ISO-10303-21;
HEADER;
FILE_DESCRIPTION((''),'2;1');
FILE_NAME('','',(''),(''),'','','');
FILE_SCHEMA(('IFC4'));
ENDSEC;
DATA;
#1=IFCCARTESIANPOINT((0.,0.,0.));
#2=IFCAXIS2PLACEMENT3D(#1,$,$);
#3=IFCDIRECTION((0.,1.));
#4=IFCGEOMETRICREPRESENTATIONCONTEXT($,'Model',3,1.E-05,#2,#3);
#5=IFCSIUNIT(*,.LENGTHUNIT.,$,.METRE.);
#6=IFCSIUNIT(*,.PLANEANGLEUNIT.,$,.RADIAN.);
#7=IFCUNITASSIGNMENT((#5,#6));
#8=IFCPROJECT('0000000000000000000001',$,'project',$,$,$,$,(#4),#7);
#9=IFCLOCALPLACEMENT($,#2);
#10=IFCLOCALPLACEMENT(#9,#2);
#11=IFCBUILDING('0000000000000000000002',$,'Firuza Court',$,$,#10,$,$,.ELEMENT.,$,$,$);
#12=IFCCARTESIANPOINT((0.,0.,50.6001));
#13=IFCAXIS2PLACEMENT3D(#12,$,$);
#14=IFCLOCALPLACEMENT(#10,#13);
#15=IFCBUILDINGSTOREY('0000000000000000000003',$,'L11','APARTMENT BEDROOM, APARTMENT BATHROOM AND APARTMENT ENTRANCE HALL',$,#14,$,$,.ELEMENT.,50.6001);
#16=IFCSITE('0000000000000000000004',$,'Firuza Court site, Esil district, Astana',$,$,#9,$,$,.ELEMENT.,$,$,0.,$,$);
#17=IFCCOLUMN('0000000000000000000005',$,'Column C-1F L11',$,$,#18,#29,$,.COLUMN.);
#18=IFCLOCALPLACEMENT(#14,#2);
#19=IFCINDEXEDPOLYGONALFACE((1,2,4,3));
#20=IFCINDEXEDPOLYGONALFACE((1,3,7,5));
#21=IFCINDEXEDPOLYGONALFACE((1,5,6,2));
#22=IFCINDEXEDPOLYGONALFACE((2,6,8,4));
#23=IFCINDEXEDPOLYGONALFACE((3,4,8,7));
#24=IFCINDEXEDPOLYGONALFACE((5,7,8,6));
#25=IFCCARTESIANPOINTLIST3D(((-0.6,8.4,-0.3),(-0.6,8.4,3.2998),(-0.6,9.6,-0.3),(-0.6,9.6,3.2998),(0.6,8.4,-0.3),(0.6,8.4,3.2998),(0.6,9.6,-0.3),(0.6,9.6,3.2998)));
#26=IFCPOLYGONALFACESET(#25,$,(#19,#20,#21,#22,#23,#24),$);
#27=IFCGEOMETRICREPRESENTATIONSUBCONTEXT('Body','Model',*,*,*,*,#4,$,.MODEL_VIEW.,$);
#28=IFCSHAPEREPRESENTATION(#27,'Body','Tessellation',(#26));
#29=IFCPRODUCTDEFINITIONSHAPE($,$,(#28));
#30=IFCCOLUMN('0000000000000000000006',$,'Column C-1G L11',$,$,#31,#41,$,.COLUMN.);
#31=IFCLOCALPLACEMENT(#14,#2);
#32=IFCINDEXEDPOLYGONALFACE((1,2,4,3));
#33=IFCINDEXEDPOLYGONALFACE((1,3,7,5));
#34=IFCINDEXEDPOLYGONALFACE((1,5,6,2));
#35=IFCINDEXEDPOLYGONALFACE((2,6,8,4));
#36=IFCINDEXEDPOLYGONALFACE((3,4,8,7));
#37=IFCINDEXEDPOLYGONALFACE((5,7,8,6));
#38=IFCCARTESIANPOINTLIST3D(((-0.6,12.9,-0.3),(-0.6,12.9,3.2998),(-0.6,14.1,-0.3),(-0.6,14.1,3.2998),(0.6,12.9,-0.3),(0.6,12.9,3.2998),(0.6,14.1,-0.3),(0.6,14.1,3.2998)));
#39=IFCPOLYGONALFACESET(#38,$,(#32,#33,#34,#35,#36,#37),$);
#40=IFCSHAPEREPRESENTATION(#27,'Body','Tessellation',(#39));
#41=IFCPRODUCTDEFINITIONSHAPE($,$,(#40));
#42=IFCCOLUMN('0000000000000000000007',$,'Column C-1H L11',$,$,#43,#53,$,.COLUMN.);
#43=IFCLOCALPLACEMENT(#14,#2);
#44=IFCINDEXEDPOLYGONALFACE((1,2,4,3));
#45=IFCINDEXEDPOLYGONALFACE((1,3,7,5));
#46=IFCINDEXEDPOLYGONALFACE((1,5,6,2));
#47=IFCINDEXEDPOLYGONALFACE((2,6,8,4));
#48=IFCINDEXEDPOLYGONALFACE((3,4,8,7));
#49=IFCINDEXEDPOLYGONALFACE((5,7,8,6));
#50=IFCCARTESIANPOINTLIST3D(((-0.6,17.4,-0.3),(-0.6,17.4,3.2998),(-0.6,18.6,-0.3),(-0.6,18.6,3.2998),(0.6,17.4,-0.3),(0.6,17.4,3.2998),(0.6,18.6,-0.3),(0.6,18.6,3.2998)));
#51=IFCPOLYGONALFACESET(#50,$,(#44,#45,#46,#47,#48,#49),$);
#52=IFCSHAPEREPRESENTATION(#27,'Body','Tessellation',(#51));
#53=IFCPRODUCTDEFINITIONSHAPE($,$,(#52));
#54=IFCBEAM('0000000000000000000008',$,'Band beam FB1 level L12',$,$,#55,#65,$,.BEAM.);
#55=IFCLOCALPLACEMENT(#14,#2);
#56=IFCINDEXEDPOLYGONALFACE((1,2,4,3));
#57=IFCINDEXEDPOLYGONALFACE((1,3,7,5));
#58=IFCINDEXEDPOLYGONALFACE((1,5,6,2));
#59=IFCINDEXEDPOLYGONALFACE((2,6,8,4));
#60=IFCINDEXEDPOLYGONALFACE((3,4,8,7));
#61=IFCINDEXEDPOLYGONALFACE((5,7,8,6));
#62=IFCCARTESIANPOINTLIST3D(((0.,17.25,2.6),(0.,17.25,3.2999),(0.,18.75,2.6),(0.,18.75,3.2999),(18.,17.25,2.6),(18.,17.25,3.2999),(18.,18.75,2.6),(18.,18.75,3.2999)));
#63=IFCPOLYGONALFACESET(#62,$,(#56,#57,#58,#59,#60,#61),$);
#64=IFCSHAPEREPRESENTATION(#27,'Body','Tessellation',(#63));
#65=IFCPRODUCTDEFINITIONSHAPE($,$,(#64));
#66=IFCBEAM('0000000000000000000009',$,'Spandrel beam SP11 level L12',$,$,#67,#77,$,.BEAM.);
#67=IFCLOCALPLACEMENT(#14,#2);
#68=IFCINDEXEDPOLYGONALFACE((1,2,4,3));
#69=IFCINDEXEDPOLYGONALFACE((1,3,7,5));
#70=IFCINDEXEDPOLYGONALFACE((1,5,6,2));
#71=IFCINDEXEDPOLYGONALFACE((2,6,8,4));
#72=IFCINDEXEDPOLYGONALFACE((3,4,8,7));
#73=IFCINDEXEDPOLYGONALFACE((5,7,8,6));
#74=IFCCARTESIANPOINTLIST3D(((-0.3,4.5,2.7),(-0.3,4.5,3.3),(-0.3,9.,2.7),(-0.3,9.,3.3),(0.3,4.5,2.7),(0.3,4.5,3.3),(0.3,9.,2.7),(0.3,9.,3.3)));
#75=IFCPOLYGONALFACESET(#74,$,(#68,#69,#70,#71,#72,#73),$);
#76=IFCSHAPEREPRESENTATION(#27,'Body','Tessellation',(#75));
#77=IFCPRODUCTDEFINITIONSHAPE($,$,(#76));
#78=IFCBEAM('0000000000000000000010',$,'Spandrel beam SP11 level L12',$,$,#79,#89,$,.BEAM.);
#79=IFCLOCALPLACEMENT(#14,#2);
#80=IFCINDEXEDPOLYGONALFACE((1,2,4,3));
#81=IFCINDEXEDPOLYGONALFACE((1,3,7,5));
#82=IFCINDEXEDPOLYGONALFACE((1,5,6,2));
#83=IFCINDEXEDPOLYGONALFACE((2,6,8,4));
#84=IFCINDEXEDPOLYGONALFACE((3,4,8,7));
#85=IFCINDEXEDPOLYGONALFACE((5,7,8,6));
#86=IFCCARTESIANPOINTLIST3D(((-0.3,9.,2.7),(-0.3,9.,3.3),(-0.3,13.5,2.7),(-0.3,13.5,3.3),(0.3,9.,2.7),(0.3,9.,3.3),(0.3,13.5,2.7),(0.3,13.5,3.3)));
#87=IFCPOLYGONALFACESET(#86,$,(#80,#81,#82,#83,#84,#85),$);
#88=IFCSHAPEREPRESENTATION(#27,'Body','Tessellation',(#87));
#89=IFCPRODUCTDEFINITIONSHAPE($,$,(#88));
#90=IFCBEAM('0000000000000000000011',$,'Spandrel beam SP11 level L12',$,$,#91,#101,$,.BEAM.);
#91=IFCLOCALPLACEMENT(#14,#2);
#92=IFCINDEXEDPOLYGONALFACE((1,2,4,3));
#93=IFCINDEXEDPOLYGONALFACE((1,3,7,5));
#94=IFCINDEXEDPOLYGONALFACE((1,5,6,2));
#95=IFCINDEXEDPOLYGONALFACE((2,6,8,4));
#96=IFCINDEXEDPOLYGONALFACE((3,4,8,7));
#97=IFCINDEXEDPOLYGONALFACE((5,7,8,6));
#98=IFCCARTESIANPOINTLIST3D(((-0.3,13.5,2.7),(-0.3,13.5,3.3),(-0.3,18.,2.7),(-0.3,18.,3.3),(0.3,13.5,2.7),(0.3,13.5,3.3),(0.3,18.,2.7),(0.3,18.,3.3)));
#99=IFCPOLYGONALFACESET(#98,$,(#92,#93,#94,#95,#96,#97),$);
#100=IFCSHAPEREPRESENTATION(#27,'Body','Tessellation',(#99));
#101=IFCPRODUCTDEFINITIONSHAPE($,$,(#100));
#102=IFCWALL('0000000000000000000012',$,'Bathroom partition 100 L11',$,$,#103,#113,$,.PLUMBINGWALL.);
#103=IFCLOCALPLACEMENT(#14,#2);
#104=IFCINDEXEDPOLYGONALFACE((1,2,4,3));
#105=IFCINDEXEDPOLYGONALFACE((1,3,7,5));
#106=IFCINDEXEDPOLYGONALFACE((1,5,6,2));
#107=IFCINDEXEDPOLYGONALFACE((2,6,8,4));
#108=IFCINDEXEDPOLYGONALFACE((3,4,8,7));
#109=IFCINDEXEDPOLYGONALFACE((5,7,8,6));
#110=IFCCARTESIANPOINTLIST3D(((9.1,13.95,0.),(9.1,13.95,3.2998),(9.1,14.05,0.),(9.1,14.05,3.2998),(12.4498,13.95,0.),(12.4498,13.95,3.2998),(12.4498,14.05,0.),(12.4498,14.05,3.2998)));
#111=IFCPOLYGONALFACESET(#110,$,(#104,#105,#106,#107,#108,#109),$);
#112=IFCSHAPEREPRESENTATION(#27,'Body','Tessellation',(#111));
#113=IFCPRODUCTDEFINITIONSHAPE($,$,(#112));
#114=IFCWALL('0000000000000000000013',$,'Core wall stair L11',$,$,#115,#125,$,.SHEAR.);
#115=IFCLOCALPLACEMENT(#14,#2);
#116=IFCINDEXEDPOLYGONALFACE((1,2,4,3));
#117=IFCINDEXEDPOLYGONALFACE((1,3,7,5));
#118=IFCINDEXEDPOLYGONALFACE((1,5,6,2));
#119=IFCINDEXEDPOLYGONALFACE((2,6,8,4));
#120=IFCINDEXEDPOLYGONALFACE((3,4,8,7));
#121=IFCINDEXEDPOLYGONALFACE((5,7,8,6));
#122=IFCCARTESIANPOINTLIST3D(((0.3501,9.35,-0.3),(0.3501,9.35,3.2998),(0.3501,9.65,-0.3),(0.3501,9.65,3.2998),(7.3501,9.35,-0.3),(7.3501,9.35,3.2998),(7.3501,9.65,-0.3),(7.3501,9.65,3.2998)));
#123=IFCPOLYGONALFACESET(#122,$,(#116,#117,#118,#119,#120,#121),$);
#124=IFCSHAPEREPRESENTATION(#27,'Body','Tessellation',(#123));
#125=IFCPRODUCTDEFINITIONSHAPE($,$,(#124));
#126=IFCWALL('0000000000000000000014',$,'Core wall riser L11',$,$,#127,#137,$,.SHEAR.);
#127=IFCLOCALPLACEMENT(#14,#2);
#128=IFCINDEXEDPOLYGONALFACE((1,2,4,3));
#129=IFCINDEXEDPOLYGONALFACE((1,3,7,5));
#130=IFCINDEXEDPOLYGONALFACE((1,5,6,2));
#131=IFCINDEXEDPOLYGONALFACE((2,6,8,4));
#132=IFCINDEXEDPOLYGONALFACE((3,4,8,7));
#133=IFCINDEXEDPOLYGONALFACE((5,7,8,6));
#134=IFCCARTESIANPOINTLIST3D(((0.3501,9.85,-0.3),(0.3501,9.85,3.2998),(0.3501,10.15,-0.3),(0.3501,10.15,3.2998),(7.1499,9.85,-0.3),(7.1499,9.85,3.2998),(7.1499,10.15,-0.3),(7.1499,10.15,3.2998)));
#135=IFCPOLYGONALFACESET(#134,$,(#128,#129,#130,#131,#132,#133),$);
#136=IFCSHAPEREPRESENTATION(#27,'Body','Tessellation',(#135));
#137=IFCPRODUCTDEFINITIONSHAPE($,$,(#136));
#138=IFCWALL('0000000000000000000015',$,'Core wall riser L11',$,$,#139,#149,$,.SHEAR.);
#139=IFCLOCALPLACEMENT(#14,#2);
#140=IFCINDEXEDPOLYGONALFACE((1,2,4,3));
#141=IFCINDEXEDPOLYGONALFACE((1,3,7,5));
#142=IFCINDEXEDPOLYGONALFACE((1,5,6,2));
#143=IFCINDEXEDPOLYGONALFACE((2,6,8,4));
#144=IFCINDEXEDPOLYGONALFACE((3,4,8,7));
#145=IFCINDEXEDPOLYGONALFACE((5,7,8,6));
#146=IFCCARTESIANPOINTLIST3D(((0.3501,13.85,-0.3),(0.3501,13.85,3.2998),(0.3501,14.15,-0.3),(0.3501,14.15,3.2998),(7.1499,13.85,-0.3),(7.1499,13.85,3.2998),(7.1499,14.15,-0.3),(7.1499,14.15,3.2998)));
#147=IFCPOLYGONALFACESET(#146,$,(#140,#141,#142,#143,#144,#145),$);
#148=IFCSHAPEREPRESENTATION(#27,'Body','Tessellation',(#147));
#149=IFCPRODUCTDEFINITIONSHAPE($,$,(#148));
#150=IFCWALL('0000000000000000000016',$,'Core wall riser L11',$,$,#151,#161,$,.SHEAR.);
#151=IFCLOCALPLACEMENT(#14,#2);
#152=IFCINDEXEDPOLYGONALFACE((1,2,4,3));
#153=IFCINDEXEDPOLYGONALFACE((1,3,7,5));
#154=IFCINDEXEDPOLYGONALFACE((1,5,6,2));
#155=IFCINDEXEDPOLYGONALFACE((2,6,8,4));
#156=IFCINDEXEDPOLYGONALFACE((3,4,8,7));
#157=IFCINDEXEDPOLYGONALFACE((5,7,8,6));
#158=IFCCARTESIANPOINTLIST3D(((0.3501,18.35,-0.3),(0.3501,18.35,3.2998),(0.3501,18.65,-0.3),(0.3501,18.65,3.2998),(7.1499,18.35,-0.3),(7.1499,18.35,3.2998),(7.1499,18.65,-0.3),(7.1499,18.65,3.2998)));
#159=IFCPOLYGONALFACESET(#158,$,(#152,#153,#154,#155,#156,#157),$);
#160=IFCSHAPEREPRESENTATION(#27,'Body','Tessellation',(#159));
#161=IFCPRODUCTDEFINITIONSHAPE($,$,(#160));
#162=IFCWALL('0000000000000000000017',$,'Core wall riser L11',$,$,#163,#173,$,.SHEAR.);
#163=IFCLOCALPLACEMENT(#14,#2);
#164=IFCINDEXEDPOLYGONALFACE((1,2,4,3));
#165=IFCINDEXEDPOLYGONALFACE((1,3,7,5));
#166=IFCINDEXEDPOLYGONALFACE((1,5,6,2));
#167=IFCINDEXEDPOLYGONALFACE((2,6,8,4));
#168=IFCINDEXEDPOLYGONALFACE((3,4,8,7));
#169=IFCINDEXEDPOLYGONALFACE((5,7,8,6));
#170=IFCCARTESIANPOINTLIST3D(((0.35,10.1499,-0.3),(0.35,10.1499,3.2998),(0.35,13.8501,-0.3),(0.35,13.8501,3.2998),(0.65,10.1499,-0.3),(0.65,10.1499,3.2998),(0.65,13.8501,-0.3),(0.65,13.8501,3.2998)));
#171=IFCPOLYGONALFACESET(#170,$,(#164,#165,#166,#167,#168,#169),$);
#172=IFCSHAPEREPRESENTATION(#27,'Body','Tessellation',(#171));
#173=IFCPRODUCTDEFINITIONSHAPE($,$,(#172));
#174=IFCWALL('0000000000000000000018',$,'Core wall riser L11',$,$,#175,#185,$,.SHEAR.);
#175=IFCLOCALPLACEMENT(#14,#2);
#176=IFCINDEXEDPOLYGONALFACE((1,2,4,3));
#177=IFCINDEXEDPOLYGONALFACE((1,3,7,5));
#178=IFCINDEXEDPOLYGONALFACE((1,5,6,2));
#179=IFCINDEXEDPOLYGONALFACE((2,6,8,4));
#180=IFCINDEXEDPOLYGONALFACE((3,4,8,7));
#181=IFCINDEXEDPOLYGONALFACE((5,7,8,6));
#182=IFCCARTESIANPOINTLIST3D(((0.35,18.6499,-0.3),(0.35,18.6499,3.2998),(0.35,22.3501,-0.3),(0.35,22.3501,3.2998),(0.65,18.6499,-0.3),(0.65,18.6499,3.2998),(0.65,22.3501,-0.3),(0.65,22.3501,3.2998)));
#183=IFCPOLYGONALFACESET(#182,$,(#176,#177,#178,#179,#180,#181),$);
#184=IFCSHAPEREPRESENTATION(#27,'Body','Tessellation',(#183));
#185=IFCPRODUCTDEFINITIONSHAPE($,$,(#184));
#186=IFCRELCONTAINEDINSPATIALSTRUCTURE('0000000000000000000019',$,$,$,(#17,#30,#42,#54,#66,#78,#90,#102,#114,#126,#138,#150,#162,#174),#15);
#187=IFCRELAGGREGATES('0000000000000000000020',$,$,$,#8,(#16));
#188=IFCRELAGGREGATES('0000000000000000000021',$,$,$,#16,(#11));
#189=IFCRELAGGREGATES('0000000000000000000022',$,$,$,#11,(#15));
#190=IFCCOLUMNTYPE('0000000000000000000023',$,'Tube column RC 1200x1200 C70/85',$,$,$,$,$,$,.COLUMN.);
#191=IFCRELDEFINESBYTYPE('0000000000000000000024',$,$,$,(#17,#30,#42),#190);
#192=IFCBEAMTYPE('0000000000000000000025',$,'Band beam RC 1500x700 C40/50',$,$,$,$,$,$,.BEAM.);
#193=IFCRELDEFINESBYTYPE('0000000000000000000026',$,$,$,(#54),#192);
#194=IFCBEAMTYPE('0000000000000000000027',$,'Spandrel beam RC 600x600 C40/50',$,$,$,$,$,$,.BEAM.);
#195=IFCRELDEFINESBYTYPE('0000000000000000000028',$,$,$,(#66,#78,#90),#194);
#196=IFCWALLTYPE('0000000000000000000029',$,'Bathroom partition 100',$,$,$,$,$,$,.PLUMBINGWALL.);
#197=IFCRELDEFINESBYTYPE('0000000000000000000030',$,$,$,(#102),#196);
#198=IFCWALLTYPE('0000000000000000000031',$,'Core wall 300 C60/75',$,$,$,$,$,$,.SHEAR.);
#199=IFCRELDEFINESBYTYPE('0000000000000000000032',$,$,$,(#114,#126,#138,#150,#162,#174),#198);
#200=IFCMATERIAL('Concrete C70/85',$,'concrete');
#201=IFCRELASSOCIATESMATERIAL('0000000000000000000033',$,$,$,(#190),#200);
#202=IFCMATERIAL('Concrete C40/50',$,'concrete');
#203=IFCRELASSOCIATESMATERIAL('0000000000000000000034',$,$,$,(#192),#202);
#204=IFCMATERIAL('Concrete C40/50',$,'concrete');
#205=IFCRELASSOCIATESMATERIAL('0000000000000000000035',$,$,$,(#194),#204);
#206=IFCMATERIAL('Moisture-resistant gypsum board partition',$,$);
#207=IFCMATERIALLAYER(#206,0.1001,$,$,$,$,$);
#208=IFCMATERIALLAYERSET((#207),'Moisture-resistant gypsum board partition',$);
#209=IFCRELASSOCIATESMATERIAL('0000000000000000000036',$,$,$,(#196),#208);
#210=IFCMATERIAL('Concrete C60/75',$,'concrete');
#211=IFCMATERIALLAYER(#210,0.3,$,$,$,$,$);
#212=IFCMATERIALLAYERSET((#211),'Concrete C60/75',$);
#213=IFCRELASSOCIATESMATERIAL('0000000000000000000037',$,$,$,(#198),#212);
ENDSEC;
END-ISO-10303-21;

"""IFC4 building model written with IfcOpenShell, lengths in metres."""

from ifc_helpers import new_model, si_unit, direction, frame, frame_2d, origin, origin_2d, place, context, subcontext, project, spatial, rectangle, extrude, material, layer, layer_set, material_profile, profile_set, type_object, element, save


model = new_model("IFC4")

# Units and contexts
model_context = context("Model", 3, precision=1e-05, world=origin(), true_north=direction((0.0, 1.0)))
body_context = subcontext(model_context, "Body", "Model", "MODEL_VIEW")
ifc_project = project(units=[si_unit("LENGTHUNIT", "METRE"), si_unit("PLANEANGLEUNIT", "RADIAN")], contexts=[model_context])

# Site, building, storey
site_placement = place(None, origin())
site = spatial("IfcSite", under=ifc_project, at=site_placement, Name="Firuza Court site, Esil district, Astana", CompositionType="ELEMENT", RefElevation=0.0)
building_placement = place(site_placement, origin())
building = spatial("IfcBuilding", under=site, at=building_placement, Name="Firuza Court", CompositionType="ELEMENT")
storey_placement = place(building_placement, frame((0.0, 0.0, 50.6001)))
storey = spatial("IfcBuildingStorey", under=building, at=storey_placement, Name="L11", Description="APARTMENT BEDROOM, APARTMENT BATHROOM AND APARTMENT ENTRANCE HALL", CompositionType="ELEMENT", Elevation=50.6001)

# Columns
ifc_material_1 = material(Name="Concrete C70/85", Category="concrete")
ifc_material_profile_1 = material_profile(ifc_material_1, rectangle(XDim=1.2, YDim=1.2, at=origin_2d()), Name="RC 1200x1200")
ifc_profile_set_1 = profile_set([ifc_material_profile_1], Name="Concrete C70/85")
column_type = type_object("IfcColumnType", Name="Tube column RC 1200x1200 C70/85", PredefinedType="COLUMN", material=ifc_profile_set_1)
for number, where, z_axis, x_axis, name in (
    (1, (0.0, 9.0, -0.3), (0.0, 0.0, 1.0), (1.0, 0.0, 0.0), "Column C-1F L11"),
    (2, (0.0, 13.5, -0.3), (0.0, 0.0, 1.0), (1.0, 0.0, 0.0), "Column C-1G L11"),
    (3, (0.0, 18.0, -0.3), (0.0, 0.0, 1.0), (1.0, 0.0, 0.0), "Column C-1H L11"),
):
    element("IfcColumn", number, at=place(storey_placement, frame(where, z_axis=z_axis, x_axis=x_axis)), inside=storey, type_object=column_type, Name=name, PredefinedType="COLUMN", context=body_context, shape_type="SweptSolid", body=[
        extrude(rectangle(XDim=1.2, YDim=1.2, at=origin_2d()), origin(), (0.0, 0.0, 1.0), 3.5999),
    ])

# Beams
ifc_material_2 = material(Name="Concrete C40/50", Category="concrete")
ifc_material_profile_2 = material_profile(ifc_material_2, rectangle(XDim=1.5, YDim=0.7, at=origin_2d()), Name="RC 1500x700")
ifc_profile_set_2 = profile_set([ifc_material_profile_2], Name="Concrete C40/50")
beam_type_1 = type_object("IfcBeamType", Name="Band beam RC 1500x700 C40/50", PredefinedType="BEAM", material=ifc_profile_set_2)
beam_placement = place(storey_placement, frame((0.0, 18.0, 2.95), z_axis=(1.0, 0.0, 0.0), x_axis=(0.0, 1.0, 0.0)))
element("IfcBeam", 4, at=beam_placement, inside=storey, type_object=beam_type_1, Name="Band beam FB1 level L12", PredefinedType="BEAM", context=body_context, shape_type="SweptSolid", body=[
    extrude(rectangle(XDim=1.5, YDim=0.7, at=origin_2d()), origin(), (0.0, 0.0, 1.0), 18.0),
])
ifc_material_3 = material(Name="Concrete C40/50", Category="concrete")
ifc_material_profile_3 = material_profile(ifc_material_3, rectangle(XDim=0.6001, YDim=0.6001, at=origin_2d()), Name="RC 600x600")
ifc_profile_set_3 = profile_set([ifc_material_profile_3], Name="Concrete C40/50")
beam_type_2 = type_object("IfcBeamType", Name="Spandrel beam RC 600x600 C40/50", PredefinedType="BEAM", material=ifc_profile_set_3)
for number, where, z_axis, x_axis, name in (
    (5, (0.0, 9.0, 3.0), (0.0, -1.0, 0.0), (1.0, 0.0, 0.0), "Spandrel beam SP11 level L12"),
    (6, (0.0, 13.5, 3.0), (0.0, -1.0, 0.0), (1.0, 0.0, 0.0), "Spandrel beam SP11 level L12"),
    (7, (0.0, 18.0, 3.0), (0.0, -1.0, 0.0), (1.0, 0.0, 0.0), "Spandrel beam SP11 level L12"),
):
    element("IfcBeam", number, at=place(storey_placement, frame(where, z_axis=z_axis, x_axis=x_axis)), inside=storey, type_object=beam_type_2, Name=name, PredefinedType="BEAM", context=body_context, shape_type="SweptSolid", body=[
        extrude(rectangle(XDim=0.6001, YDim=0.6001, at=origin_2d()), origin(), (0.0, 0.0, 1.0), 4.5),
    ])

# Walls
ifc_material_4 = material(Name="Moisture-resistant gypsum board partition")
ifc_layer_1 = layer(ifc_material_4, 0.1001)
ifc_layer_set_1 = layer_set([ifc_layer_1], Name="Moisture-resistant gypsum board partition")
wall_type_1 = type_object("IfcWallType", Name="Bathroom partition 100", PredefinedType="PLUMBINGWALL", material=ifc_layer_set_1)
wall_1_placement = place(storey_placement, frame((9.1001, 14.0, 0.0), z_axis=(0.0, 0.0, 1.0), x_axis=(1.0, 0.0, 0.0)))
element("IfcWall", 8, at=wall_1_placement, inside=storey, type_object=wall_type_1, Name="Bathroom partition 100 L11", PredefinedType="PLUMBINGWALL", context=body_context, shape_type="SweptSolid", body=[
    extrude(rectangle(XDim=3.3499, YDim=0.1001, at=frame_2d((1.6748, 0.0))), origin(), (0.0, 0.0, 1.0), 3.2998),
])
ifc_material_5 = material(Name="Concrete C60/75", Category="concrete")
ifc_layer_2 = layer(ifc_material_5, 0.3)
ifc_layer_set_2 = layer_set([ifc_layer_2], Name="Concrete C60/75")
wall_type_2 = type_object("IfcWallType", Name="Core wall 300 C60/75", PredefinedType="SHEAR", material=ifc_layer_set_2)
wall_2_placement = place(storey_placement, frame((0.3501, 9.5, -0.3), z_axis=(0.0, 0.0, 1.0), x_axis=(1.0, 0.0, 0.0)))
element("IfcWall", 9, at=wall_2_placement, inside=storey, type_object=wall_type_2, Name="Core wall stair L11", PredefinedType="SHEAR", context=body_context, shape_type="SweptSolid", body=[
    extrude(rectangle(XDim=7.0, YDim=0.3, at=frame_2d((3.5, 0.0))), origin(), (0.0, 0.0, 1.0), 3.5999),
])
for number, where, z_axis, x_axis, name in (
    (10, (0.3501, 10.0, -0.3), (0.0, 0.0, 1.0), (1.0, 0.0, 0.0), "Core wall riser L11"),
    (11, (0.3501, 14.0, -0.3), (0.0, 0.0, 1.0), (1.0, 0.0, 0.0), "Core wall riser L11"),
    (12, (0.3501, 18.5, -0.3), (0.0, 0.0, 1.0), (1.0, 0.0, 0.0), "Core wall riser L11"),
):
    element("IfcWall", number, at=place(storey_placement, frame(where, z_axis=z_axis, x_axis=x_axis)), inside=storey, type_object=wall_type_2, Name=name, PredefinedType="SHEAR", context=body_context, shape_type="SweptSolid", body=[
        extrude(rectangle(XDim=6.7998, YDim=0.3, at=frame_2d((3.3999, 0.0))), origin(), (0.0, 0.0, 1.0), 3.5999),
    ])
for number, where, z_axis, x_axis, name in (
    (13, (0.5, 10.1499, -0.3), (0.0, 0.0, 1.0), (0.0, 1.0, 0.0), "Core wall riser L11"),
    (14, (0.5, 18.6499, -0.3), (0.0, 0.0, 1.0), (0.0, 1.0, 0.0), "Core wall riser L11"),
):
    element("IfcWall", number, at=place(storey_placement, frame(where, z_axis=z_axis, x_axis=x_axis)), inside=storey, type_object=wall_type_2, Name=name, PredefinedType="SHEAR", context=body_context, shape_type="SweptSolid", body=[
        extrude(rectangle(XDim=3.7002, YDim=0.3, at=frame_2d((1.8501, 0.0))), origin(), (0.0, 0.0, 1.0), 3.5999),
    ])

save(model, "model.ifc")
